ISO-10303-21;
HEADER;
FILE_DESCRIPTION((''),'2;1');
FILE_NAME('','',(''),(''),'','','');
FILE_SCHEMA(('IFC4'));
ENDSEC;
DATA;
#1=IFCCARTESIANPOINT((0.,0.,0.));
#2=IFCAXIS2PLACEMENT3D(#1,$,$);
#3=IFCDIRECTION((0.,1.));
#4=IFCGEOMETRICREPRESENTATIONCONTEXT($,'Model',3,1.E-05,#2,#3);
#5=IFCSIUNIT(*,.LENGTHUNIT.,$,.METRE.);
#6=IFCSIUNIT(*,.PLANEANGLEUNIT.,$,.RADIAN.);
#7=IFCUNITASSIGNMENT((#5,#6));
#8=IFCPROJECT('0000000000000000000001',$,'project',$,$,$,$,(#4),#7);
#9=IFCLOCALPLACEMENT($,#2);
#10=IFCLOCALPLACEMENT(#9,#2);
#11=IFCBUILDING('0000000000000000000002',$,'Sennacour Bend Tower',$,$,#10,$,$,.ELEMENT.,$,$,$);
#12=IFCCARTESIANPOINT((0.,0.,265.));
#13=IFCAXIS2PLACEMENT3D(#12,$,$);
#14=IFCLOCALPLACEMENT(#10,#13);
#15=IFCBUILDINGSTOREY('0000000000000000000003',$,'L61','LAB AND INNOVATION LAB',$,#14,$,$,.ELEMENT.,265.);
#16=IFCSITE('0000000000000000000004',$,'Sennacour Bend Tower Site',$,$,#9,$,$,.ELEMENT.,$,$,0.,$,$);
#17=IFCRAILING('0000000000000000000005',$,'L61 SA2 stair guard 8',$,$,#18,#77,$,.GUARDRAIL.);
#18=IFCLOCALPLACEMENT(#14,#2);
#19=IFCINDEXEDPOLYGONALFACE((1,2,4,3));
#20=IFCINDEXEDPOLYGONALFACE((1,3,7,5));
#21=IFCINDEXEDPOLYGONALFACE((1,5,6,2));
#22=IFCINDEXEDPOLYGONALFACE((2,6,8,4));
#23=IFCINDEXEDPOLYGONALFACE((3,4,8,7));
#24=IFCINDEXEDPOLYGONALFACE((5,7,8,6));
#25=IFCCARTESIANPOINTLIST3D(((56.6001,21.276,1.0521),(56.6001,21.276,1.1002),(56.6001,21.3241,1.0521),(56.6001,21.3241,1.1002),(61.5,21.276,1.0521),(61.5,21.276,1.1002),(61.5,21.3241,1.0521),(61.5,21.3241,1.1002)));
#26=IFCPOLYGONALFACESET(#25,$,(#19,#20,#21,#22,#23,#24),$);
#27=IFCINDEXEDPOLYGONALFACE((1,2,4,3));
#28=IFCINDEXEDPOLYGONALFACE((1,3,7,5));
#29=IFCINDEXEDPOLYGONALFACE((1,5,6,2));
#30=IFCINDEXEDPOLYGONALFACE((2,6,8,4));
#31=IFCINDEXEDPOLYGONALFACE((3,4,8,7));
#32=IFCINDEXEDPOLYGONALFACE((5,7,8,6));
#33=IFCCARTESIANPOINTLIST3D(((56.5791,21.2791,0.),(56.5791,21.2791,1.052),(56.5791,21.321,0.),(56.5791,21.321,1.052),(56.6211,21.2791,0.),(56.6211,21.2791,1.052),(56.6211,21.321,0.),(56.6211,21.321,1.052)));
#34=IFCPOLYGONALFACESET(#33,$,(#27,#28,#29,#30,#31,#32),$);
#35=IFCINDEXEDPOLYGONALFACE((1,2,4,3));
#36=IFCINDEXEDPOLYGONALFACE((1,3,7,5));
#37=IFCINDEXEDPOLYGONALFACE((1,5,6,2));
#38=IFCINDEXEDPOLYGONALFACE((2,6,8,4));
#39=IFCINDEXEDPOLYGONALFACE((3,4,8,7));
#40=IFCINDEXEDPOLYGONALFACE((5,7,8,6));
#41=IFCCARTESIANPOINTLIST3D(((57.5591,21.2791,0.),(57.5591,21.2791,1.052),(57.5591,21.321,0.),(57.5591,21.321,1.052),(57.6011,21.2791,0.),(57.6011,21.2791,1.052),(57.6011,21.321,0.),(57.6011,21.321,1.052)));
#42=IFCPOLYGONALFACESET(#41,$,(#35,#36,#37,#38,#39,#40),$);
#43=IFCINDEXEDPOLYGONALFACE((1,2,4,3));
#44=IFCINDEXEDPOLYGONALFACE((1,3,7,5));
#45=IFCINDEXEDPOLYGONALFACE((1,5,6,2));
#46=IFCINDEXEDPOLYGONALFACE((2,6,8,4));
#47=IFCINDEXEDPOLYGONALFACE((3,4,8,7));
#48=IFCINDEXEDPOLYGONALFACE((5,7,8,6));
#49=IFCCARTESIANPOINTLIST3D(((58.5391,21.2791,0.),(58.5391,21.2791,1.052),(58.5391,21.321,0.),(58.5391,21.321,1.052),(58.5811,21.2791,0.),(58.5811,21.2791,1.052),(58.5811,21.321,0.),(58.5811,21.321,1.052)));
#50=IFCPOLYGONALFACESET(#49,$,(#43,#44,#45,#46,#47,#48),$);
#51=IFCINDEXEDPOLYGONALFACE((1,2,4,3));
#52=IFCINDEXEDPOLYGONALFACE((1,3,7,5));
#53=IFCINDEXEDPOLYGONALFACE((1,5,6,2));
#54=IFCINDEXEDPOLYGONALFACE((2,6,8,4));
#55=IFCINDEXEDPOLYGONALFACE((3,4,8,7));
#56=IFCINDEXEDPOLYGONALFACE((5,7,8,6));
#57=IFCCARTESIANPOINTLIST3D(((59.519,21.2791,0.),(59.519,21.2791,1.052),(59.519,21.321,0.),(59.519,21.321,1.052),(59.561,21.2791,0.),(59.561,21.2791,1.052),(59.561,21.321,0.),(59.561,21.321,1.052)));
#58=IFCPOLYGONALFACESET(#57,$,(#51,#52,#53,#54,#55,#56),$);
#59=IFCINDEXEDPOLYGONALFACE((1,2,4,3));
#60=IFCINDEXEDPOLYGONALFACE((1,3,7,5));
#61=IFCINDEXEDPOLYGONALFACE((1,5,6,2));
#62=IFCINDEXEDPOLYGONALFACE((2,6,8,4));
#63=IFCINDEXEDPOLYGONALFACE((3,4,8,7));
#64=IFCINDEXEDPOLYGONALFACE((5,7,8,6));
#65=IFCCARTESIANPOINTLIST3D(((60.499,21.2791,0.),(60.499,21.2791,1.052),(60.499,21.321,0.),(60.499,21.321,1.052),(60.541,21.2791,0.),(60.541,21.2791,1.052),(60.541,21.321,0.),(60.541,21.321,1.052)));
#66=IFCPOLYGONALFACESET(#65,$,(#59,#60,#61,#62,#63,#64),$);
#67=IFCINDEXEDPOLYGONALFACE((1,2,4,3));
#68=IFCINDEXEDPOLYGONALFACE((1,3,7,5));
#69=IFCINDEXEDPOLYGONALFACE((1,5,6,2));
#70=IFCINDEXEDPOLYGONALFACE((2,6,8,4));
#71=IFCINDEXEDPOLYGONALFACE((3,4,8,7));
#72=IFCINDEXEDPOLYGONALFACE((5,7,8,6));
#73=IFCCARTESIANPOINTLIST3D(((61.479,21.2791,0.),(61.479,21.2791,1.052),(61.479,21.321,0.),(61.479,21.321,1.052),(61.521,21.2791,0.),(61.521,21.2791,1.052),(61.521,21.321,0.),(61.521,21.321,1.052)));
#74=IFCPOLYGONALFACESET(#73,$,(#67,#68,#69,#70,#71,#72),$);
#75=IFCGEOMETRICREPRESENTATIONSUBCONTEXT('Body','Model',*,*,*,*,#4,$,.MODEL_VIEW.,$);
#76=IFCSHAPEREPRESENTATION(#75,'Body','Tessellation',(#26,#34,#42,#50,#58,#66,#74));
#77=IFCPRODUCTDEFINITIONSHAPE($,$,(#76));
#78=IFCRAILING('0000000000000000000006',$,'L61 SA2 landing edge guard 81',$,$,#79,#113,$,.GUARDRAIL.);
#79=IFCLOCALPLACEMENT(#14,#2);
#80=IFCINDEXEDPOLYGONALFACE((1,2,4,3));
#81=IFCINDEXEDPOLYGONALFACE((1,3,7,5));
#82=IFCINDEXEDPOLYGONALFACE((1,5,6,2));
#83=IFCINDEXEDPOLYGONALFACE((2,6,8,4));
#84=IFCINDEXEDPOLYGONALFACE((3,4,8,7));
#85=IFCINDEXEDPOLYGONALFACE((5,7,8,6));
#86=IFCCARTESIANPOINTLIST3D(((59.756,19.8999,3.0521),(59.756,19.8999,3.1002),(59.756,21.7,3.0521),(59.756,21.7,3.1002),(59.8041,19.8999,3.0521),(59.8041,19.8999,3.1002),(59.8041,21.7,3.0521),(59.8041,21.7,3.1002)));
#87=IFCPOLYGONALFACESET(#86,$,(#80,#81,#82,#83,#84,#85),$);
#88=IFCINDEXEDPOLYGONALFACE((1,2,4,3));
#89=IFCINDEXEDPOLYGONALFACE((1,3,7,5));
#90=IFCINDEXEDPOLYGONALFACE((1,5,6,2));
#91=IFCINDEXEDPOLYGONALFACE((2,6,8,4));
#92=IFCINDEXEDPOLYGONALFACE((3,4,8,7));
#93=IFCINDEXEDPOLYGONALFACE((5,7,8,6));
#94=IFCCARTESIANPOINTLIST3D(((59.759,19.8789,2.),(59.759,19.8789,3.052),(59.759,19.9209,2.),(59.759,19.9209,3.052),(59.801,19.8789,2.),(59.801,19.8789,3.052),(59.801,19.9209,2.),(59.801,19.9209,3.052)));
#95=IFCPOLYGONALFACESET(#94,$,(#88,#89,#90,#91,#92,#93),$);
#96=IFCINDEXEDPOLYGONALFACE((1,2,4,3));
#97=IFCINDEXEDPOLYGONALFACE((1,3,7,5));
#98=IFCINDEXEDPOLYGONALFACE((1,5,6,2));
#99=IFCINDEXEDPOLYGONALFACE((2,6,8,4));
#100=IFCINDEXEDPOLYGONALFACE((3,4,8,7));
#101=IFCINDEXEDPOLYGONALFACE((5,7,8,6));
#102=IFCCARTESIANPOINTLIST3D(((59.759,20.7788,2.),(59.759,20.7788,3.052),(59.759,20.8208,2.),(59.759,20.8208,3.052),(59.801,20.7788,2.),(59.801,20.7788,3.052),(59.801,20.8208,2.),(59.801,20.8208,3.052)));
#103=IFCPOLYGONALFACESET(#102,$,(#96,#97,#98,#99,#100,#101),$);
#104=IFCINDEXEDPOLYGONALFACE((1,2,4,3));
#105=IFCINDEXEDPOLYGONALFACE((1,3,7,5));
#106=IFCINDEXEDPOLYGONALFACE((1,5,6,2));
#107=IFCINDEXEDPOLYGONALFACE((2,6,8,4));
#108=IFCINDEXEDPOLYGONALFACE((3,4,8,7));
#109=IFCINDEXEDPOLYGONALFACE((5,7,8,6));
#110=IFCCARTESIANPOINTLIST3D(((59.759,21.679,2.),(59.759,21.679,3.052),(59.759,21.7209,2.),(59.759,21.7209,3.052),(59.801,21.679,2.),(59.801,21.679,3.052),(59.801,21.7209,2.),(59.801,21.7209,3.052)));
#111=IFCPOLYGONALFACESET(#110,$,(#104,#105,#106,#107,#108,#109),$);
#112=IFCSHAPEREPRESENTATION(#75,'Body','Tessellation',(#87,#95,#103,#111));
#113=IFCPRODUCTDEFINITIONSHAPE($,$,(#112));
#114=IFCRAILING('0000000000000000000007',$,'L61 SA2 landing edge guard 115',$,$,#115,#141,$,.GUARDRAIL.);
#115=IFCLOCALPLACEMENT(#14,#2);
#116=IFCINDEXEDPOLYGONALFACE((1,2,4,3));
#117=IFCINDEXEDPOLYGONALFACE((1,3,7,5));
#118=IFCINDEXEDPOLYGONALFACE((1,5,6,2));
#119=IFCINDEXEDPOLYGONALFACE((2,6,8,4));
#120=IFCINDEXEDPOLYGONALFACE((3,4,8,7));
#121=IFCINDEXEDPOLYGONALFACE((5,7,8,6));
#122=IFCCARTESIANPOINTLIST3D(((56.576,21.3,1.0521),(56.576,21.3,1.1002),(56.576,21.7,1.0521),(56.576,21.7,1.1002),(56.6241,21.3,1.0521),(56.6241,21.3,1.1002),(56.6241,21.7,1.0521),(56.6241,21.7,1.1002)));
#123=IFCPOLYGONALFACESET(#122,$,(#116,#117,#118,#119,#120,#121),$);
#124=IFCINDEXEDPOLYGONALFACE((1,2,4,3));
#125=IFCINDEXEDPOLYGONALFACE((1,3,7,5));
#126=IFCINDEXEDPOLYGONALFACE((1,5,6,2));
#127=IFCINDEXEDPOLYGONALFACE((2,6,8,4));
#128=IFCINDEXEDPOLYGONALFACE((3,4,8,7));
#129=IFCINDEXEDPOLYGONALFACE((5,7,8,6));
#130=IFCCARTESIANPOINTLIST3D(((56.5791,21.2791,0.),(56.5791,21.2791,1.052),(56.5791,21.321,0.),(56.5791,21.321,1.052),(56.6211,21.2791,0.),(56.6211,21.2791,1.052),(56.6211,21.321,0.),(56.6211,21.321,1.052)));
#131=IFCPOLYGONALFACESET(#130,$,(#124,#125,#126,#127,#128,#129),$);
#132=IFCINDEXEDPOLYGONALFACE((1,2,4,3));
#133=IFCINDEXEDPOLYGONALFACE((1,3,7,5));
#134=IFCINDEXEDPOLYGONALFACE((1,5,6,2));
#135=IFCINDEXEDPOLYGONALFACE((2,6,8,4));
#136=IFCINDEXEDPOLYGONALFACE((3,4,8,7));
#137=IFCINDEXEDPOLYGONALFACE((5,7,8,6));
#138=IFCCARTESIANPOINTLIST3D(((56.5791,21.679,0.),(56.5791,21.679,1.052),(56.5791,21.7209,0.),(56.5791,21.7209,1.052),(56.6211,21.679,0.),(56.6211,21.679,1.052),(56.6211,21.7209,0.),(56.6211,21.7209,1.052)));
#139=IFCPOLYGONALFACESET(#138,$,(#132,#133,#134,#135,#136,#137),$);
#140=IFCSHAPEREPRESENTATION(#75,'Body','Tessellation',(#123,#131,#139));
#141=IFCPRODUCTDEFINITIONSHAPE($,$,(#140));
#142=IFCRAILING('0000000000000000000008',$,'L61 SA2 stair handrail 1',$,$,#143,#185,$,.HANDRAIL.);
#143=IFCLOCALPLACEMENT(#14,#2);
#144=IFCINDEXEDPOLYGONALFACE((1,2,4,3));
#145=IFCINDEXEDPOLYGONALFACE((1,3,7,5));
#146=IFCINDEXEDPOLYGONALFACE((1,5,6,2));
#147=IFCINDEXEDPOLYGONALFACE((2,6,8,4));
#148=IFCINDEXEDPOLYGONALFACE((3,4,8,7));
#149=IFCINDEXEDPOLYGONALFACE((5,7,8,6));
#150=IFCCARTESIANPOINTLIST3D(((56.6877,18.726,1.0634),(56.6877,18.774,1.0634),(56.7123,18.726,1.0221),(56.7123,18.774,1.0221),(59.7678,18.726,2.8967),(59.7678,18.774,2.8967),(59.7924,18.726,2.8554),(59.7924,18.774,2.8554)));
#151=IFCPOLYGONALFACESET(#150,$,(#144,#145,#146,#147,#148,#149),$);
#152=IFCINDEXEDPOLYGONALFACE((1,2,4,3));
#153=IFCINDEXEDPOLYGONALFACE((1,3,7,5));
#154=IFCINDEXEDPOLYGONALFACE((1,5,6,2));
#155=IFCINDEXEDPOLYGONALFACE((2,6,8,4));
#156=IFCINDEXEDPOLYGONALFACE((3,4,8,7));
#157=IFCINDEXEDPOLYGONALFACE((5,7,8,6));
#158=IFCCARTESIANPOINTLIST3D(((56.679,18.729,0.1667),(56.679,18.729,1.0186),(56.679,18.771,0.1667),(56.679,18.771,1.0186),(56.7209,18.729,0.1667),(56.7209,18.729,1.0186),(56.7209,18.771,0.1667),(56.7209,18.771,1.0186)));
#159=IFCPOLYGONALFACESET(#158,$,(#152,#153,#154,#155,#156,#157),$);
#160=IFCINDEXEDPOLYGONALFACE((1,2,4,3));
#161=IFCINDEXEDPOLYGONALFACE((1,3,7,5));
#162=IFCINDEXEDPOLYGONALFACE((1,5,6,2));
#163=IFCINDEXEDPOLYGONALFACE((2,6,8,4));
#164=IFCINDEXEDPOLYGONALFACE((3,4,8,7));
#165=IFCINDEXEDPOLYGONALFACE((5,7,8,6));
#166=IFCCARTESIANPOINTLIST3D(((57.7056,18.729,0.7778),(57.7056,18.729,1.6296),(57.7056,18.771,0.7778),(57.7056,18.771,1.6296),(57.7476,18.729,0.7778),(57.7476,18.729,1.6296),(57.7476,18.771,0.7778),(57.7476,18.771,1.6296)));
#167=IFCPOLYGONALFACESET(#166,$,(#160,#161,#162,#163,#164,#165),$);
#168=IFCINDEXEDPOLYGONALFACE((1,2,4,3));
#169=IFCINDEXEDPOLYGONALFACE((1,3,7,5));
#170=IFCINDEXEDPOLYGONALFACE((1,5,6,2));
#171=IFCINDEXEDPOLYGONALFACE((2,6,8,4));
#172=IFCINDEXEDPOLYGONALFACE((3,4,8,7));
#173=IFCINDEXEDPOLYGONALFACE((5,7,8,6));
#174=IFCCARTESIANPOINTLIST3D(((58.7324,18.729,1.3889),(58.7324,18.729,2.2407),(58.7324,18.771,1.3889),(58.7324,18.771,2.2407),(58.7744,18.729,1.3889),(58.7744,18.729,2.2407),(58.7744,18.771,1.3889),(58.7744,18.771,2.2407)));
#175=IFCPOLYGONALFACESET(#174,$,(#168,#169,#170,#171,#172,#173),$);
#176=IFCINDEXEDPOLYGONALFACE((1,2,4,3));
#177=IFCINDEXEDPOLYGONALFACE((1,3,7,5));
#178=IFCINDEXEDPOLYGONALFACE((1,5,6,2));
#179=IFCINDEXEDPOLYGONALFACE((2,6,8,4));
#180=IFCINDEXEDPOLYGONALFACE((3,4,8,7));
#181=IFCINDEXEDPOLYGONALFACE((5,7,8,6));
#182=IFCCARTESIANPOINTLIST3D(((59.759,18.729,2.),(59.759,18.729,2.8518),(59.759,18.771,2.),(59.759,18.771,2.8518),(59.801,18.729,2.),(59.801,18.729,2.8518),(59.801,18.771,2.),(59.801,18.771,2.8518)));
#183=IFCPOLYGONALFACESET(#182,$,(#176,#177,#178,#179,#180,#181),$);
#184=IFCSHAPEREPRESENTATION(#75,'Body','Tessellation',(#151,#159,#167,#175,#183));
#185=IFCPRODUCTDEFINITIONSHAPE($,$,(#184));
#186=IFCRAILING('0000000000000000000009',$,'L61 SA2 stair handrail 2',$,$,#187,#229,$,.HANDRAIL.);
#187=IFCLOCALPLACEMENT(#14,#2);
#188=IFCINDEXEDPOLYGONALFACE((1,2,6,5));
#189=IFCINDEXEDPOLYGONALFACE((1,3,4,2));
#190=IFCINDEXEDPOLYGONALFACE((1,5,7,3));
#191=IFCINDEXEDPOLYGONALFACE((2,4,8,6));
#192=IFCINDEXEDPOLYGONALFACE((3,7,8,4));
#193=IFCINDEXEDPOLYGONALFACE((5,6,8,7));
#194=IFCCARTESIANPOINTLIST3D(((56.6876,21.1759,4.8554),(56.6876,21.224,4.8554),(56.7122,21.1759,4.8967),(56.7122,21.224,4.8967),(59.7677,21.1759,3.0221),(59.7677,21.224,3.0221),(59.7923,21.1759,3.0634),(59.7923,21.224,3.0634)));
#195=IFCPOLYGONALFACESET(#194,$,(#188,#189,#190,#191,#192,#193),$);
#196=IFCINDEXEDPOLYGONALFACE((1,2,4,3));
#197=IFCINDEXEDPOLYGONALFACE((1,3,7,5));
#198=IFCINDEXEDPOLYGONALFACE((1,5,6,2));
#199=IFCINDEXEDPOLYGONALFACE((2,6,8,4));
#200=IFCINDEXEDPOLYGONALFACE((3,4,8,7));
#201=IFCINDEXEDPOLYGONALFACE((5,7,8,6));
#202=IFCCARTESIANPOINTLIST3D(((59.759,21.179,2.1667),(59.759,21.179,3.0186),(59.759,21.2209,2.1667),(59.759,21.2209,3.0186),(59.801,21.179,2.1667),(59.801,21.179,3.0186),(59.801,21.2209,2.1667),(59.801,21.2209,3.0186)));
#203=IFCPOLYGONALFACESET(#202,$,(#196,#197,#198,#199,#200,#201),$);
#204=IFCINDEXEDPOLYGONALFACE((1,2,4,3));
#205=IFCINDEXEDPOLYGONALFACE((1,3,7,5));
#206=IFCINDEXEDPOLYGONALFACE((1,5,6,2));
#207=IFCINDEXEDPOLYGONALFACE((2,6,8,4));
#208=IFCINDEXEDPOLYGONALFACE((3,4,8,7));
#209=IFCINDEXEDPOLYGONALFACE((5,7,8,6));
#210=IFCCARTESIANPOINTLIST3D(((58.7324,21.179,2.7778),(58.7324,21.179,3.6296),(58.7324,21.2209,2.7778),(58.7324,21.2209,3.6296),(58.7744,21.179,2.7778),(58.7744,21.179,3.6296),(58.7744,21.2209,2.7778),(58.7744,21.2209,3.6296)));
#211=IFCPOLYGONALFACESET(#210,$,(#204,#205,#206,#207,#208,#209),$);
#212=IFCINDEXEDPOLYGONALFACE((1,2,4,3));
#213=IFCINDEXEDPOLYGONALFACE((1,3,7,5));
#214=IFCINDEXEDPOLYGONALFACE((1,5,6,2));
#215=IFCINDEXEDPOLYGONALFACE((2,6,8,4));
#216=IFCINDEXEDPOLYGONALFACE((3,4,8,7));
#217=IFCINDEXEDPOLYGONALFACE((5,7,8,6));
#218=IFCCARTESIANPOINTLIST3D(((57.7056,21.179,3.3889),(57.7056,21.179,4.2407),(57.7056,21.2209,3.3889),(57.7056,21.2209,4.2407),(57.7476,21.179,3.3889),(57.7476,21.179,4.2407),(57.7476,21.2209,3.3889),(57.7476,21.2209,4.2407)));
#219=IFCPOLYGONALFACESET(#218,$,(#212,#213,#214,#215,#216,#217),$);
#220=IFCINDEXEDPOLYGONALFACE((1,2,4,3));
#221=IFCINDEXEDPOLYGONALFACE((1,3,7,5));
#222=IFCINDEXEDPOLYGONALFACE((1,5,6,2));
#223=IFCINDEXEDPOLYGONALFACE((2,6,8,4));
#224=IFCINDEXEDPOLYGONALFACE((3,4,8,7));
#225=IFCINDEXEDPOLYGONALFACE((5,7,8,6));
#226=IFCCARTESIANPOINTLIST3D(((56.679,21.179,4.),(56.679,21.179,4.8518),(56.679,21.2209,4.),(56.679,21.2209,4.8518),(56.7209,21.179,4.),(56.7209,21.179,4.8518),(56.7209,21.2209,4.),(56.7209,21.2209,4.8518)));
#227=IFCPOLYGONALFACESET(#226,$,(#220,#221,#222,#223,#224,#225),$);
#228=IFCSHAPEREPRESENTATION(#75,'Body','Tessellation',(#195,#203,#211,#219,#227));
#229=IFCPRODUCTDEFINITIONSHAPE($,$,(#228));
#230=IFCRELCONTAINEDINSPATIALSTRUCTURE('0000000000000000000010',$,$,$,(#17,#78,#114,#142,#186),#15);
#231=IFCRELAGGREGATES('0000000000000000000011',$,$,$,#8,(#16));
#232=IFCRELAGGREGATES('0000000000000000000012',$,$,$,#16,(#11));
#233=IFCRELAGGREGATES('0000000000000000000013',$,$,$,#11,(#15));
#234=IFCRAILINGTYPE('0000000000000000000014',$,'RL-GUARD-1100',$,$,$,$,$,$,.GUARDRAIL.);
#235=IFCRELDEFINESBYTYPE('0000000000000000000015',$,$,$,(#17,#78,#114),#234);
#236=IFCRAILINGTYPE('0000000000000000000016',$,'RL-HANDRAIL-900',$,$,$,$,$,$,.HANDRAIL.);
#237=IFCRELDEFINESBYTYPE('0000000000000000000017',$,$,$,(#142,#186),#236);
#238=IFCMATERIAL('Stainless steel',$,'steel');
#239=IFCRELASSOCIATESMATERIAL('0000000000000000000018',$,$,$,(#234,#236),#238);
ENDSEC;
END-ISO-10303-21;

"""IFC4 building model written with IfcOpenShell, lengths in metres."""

from ifc_helpers import new_model, si_unit, direction, frame, origin, origin_2d, place, context, subcontext, project, spatial, rectangle, extrude, material, type_object, element, save


model = new_model("IFC4")

# Units and contexts
model_context = context("Model", 3, precision=1e-05, world=origin(), true_north=direction((0.0, 1.0)))
body_context = subcontext(model_context, "Body", "Model", "MODEL_VIEW")
ifc_project = project(units=[si_unit("LENGTHUNIT", "METRE"), si_unit("PLANEANGLEUNIT", "RADIAN")], contexts=[model_context])

# Site, building, storey
site_placement = place(None, origin())
site = spatial("IfcSite", under=ifc_project, at=site_placement, Name="Sennacour Bend Tower Site", CompositionType="ELEMENT", RefElevation=0.0)
building_placement = place(site_placement, origin())
building = spatial("IfcBuilding", under=site, at=building_placement, Name="Sennacour Bend Tower", CompositionType="ELEMENT")
storey_placement = place(building_placement, frame((0.0, 0.0, 265.0)))
storey = spatial("IfcBuildingStorey", under=building, at=storey_placement, Name="L61", Description="LAB AND INNOVATION LAB", CompositionType="ELEMENT", Elevation=265.0)

# Railings
ifc_material_1 = material(Name="Stainless steel", Category="steel")
railing_type_1 = type_object("IfcRailingType", Name="RL-GUARD-1100", PredefinedType="GUARDRAIL", material=ifc_material_1)
railing_1_placement = place(storey_placement, frame((56.6001, 21.3, 0.0)))
element("IfcRailing", 1, at=railing_1_placement, inside=storey, type_object=railing_type_1, Name="L61 SA2 stair guard 8", PredefinedType="GUARDRAIL", context=body_context, shape_type="SweptSolid", body=[
    extrude(rectangle(XDim=0.0481, YDim=0.0481, at=origin_2d()), frame((0.0, 0.0, 1.0762), z_axis=(1.0, 0.0, 0.0), x_axis=(0.0, 1.0, 0.0)), (0.0, 0.0, 1.0), 4.8999),
    extrude(rectangle(XDim=0.042, YDim=0.042, at=origin_2d()), origin(), (0.0, 0.0, 1.0), 1.052),
    extrude(rectangle(XDim=0.042, YDim=0.042, at=origin_2d()), frame((0.98, 0.0, 0.0)), (0.0, 0.0, 1.0), 1.052),
    extrude(rectangle(XDim=0.042, YDim=0.042, at=origin_2d()), frame((1.96, 0.0, 0.0)), (0.0, 0.0, 1.0), 1.052),
    extrude(rectangle(XDim=0.042, YDim=0.042, at=origin_2d()), frame((2.9399, 0.0, 0.0)), (0.0, 0.0, 1.0), 1.052),
    extrude(rectangle(XDim=0.042, YDim=0.042, at=origin_2d()), frame((3.9199, 0.0, 0.0)), (0.0, 0.0, 1.0), 1.052),
    extrude(rectangle(XDim=0.042, YDim=0.042, at=origin_2d()), frame((4.8999, 0.0, 0.0)), (0.0, 0.0, 1.0), 1.052),
])
railing_2_placement = place(storey_placement, frame((59.78, 19.8999, 2.0)))
element("IfcRailing", 2, at=railing_2_placement, inside=storey, type_object=railing_type_1, Name="L61 SA2 landing edge guard 81", PredefinedType="GUARDRAIL", context=body_context, shape_type="SweptSolid", body=[
    extrude(rectangle(XDim=0.0481, YDim=0.0481, at=origin_2d()), frame((0.0, 0.0, 1.0762), z_axis=(0.0, 1.0, 0.0), x_axis=(-1.0, 0.0, 0.0)), (0.0, 0.0, 1.0), 1.8),
    extrude(rectangle(XDim=0.042, YDim=0.042, at=origin_2d()), origin(), (0.0, 0.0, 1.0), 1.052),
    extrude(rectangle(XDim=0.042, YDim=0.042, at=origin_2d()), frame((0.0, 0.8999, 0.0)), (0.0, 0.0, 1.0), 1.052),
    extrude(rectangle(XDim=0.042, YDim=0.042, at=origin_2d()), frame((0.0, 1.8, 0.0)), (0.0, 0.0, 1.0), 1.052),
])
railing_3_placement = place(storey_placement, frame((56.6001, 21.3, 0.0)))
element("IfcRailing", 3, at=railing_3_placement, inside=storey, type_object=railing_type_1, Name="L61 SA2 landing edge guard 115", PredefinedType="GUARDRAIL", context=body_context, shape_type="SweptSolid", body=[
    extrude(rectangle(XDim=0.0481, YDim=0.0481, at=origin_2d()), frame((0.0, 0.0, 1.0762), z_axis=(0.0, 1.0, 0.0), x_axis=(-1.0, 0.0, 0.0)), (0.0, 0.0, 1.0), 0.3999),
    extrude(rectangle(XDim=0.042, YDim=0.042, at=origin_2d()), origin(), (0.0, 0.0, 1.0), 1.052),
    extrude(rectangle(XDim=0.042, YDim=0.042, at=origin_2d()), frame((0.0, 0.3999, 0.0)), (0.0, 0.0, 1.0), 1.052),
])
railing_type_2 = type_object("IfcRailingType", Name="RL-HANDRAIL-900", PredefinedType="HANDRAIL", material=ifc_material_1)
railing_4_placement = place(storey_placement, frame((56.7, 18.75, 0.1667)))
element("IfcRailing", 4, at=railing_4_placement, inside=storey, type_object=railing_type_2, Name="L61 SA2 stair handrail 1", PredefinedType="HANDRAIL", context=body_context, shape_type="SweptSolid", body=[
    extrude(rectangle(XDim=0.0481, YDim=0.0481, at=origin_2d()), frame((0.0, 0.0, 0.876), z_axis=(0.859309, 0.0, 0.511458), x_axis=(0.0, 1.0, 0.0)), (0.0, 0.0, 1.0), 3.5845),
    extrude(rectangle(XDim=0.042, YDim=0.042, at=origin_2d()), origin(), (0.0, 0.0, 1.0), 0.8518),
    extrude(rectangle(XDim=0.042, YDim=0.042, at=origin_2d()), frame((1.0266, 0.0, 0.6111)), (0.0, 0.0, 1.0), 0.8518),
    extrude(rectangle(XDim=0.042, YDim=0.042, at=origin_2d()), frame((2.0535, 0.0, 1.2222)), (0.0, 0.0, 1.0), 0.8518),
    extrude(rectangle(XDim=0.042, YDim=0.042, at=origin_2d()), frame((3.0801, 0.0, 1.8333)), (0.0, 0.0, 1.0), 0.8518),
])
railing_5_placement = place(storey_placement, frame((59.78, 21.2, 2.1667)))
element("IfcRailing", 5, at=railing_5_placement, inside=storey, type_object=railing_type_2, Name="L61 SA2 stair handrail 2", PredefinedType="HANDRAIL", context=body_context, shape_type="SweptSolid", body=[
    extrude(rectangle(XDim=0.0481, YDim=0.0481, at=origin_2d()), frame((0.0, 0.0, 0.876), z_axis=(-0.859309, 0.0, 0.511458), x_axis=(0.0, -1.0, 0.0)), (0.0, 0.0, 1.0), 3.5845),
    extrude(rectangle(XDim=0.042, YDim=0.042, at=origin_2d()), origin(), (0.0, 0.0, 1.0), 0.8518),
    extrude(rectangle(XDim=0.042, YDim=0.042, at=origin_2d()), frame((-1.0266, 0.0, 0.6111)), (0.0, 0.0, 1.0), 0.8518),
    extrude(rectangle(XDim=0.042, YDim=0.042, at=origin_2d()), frame((-2.0535, 0.0, 1.2222)), (0.0, 0.0, 1.0), 0.8518),
    extrude(rectangle(XDim=0.042, YDim=0.042, at=origin_2d()), frame((-3.0801, 0.0, 1.8333)), (0.0, 0.0, 1.0), 0.8518),
])

save(model, "model.ifc")
